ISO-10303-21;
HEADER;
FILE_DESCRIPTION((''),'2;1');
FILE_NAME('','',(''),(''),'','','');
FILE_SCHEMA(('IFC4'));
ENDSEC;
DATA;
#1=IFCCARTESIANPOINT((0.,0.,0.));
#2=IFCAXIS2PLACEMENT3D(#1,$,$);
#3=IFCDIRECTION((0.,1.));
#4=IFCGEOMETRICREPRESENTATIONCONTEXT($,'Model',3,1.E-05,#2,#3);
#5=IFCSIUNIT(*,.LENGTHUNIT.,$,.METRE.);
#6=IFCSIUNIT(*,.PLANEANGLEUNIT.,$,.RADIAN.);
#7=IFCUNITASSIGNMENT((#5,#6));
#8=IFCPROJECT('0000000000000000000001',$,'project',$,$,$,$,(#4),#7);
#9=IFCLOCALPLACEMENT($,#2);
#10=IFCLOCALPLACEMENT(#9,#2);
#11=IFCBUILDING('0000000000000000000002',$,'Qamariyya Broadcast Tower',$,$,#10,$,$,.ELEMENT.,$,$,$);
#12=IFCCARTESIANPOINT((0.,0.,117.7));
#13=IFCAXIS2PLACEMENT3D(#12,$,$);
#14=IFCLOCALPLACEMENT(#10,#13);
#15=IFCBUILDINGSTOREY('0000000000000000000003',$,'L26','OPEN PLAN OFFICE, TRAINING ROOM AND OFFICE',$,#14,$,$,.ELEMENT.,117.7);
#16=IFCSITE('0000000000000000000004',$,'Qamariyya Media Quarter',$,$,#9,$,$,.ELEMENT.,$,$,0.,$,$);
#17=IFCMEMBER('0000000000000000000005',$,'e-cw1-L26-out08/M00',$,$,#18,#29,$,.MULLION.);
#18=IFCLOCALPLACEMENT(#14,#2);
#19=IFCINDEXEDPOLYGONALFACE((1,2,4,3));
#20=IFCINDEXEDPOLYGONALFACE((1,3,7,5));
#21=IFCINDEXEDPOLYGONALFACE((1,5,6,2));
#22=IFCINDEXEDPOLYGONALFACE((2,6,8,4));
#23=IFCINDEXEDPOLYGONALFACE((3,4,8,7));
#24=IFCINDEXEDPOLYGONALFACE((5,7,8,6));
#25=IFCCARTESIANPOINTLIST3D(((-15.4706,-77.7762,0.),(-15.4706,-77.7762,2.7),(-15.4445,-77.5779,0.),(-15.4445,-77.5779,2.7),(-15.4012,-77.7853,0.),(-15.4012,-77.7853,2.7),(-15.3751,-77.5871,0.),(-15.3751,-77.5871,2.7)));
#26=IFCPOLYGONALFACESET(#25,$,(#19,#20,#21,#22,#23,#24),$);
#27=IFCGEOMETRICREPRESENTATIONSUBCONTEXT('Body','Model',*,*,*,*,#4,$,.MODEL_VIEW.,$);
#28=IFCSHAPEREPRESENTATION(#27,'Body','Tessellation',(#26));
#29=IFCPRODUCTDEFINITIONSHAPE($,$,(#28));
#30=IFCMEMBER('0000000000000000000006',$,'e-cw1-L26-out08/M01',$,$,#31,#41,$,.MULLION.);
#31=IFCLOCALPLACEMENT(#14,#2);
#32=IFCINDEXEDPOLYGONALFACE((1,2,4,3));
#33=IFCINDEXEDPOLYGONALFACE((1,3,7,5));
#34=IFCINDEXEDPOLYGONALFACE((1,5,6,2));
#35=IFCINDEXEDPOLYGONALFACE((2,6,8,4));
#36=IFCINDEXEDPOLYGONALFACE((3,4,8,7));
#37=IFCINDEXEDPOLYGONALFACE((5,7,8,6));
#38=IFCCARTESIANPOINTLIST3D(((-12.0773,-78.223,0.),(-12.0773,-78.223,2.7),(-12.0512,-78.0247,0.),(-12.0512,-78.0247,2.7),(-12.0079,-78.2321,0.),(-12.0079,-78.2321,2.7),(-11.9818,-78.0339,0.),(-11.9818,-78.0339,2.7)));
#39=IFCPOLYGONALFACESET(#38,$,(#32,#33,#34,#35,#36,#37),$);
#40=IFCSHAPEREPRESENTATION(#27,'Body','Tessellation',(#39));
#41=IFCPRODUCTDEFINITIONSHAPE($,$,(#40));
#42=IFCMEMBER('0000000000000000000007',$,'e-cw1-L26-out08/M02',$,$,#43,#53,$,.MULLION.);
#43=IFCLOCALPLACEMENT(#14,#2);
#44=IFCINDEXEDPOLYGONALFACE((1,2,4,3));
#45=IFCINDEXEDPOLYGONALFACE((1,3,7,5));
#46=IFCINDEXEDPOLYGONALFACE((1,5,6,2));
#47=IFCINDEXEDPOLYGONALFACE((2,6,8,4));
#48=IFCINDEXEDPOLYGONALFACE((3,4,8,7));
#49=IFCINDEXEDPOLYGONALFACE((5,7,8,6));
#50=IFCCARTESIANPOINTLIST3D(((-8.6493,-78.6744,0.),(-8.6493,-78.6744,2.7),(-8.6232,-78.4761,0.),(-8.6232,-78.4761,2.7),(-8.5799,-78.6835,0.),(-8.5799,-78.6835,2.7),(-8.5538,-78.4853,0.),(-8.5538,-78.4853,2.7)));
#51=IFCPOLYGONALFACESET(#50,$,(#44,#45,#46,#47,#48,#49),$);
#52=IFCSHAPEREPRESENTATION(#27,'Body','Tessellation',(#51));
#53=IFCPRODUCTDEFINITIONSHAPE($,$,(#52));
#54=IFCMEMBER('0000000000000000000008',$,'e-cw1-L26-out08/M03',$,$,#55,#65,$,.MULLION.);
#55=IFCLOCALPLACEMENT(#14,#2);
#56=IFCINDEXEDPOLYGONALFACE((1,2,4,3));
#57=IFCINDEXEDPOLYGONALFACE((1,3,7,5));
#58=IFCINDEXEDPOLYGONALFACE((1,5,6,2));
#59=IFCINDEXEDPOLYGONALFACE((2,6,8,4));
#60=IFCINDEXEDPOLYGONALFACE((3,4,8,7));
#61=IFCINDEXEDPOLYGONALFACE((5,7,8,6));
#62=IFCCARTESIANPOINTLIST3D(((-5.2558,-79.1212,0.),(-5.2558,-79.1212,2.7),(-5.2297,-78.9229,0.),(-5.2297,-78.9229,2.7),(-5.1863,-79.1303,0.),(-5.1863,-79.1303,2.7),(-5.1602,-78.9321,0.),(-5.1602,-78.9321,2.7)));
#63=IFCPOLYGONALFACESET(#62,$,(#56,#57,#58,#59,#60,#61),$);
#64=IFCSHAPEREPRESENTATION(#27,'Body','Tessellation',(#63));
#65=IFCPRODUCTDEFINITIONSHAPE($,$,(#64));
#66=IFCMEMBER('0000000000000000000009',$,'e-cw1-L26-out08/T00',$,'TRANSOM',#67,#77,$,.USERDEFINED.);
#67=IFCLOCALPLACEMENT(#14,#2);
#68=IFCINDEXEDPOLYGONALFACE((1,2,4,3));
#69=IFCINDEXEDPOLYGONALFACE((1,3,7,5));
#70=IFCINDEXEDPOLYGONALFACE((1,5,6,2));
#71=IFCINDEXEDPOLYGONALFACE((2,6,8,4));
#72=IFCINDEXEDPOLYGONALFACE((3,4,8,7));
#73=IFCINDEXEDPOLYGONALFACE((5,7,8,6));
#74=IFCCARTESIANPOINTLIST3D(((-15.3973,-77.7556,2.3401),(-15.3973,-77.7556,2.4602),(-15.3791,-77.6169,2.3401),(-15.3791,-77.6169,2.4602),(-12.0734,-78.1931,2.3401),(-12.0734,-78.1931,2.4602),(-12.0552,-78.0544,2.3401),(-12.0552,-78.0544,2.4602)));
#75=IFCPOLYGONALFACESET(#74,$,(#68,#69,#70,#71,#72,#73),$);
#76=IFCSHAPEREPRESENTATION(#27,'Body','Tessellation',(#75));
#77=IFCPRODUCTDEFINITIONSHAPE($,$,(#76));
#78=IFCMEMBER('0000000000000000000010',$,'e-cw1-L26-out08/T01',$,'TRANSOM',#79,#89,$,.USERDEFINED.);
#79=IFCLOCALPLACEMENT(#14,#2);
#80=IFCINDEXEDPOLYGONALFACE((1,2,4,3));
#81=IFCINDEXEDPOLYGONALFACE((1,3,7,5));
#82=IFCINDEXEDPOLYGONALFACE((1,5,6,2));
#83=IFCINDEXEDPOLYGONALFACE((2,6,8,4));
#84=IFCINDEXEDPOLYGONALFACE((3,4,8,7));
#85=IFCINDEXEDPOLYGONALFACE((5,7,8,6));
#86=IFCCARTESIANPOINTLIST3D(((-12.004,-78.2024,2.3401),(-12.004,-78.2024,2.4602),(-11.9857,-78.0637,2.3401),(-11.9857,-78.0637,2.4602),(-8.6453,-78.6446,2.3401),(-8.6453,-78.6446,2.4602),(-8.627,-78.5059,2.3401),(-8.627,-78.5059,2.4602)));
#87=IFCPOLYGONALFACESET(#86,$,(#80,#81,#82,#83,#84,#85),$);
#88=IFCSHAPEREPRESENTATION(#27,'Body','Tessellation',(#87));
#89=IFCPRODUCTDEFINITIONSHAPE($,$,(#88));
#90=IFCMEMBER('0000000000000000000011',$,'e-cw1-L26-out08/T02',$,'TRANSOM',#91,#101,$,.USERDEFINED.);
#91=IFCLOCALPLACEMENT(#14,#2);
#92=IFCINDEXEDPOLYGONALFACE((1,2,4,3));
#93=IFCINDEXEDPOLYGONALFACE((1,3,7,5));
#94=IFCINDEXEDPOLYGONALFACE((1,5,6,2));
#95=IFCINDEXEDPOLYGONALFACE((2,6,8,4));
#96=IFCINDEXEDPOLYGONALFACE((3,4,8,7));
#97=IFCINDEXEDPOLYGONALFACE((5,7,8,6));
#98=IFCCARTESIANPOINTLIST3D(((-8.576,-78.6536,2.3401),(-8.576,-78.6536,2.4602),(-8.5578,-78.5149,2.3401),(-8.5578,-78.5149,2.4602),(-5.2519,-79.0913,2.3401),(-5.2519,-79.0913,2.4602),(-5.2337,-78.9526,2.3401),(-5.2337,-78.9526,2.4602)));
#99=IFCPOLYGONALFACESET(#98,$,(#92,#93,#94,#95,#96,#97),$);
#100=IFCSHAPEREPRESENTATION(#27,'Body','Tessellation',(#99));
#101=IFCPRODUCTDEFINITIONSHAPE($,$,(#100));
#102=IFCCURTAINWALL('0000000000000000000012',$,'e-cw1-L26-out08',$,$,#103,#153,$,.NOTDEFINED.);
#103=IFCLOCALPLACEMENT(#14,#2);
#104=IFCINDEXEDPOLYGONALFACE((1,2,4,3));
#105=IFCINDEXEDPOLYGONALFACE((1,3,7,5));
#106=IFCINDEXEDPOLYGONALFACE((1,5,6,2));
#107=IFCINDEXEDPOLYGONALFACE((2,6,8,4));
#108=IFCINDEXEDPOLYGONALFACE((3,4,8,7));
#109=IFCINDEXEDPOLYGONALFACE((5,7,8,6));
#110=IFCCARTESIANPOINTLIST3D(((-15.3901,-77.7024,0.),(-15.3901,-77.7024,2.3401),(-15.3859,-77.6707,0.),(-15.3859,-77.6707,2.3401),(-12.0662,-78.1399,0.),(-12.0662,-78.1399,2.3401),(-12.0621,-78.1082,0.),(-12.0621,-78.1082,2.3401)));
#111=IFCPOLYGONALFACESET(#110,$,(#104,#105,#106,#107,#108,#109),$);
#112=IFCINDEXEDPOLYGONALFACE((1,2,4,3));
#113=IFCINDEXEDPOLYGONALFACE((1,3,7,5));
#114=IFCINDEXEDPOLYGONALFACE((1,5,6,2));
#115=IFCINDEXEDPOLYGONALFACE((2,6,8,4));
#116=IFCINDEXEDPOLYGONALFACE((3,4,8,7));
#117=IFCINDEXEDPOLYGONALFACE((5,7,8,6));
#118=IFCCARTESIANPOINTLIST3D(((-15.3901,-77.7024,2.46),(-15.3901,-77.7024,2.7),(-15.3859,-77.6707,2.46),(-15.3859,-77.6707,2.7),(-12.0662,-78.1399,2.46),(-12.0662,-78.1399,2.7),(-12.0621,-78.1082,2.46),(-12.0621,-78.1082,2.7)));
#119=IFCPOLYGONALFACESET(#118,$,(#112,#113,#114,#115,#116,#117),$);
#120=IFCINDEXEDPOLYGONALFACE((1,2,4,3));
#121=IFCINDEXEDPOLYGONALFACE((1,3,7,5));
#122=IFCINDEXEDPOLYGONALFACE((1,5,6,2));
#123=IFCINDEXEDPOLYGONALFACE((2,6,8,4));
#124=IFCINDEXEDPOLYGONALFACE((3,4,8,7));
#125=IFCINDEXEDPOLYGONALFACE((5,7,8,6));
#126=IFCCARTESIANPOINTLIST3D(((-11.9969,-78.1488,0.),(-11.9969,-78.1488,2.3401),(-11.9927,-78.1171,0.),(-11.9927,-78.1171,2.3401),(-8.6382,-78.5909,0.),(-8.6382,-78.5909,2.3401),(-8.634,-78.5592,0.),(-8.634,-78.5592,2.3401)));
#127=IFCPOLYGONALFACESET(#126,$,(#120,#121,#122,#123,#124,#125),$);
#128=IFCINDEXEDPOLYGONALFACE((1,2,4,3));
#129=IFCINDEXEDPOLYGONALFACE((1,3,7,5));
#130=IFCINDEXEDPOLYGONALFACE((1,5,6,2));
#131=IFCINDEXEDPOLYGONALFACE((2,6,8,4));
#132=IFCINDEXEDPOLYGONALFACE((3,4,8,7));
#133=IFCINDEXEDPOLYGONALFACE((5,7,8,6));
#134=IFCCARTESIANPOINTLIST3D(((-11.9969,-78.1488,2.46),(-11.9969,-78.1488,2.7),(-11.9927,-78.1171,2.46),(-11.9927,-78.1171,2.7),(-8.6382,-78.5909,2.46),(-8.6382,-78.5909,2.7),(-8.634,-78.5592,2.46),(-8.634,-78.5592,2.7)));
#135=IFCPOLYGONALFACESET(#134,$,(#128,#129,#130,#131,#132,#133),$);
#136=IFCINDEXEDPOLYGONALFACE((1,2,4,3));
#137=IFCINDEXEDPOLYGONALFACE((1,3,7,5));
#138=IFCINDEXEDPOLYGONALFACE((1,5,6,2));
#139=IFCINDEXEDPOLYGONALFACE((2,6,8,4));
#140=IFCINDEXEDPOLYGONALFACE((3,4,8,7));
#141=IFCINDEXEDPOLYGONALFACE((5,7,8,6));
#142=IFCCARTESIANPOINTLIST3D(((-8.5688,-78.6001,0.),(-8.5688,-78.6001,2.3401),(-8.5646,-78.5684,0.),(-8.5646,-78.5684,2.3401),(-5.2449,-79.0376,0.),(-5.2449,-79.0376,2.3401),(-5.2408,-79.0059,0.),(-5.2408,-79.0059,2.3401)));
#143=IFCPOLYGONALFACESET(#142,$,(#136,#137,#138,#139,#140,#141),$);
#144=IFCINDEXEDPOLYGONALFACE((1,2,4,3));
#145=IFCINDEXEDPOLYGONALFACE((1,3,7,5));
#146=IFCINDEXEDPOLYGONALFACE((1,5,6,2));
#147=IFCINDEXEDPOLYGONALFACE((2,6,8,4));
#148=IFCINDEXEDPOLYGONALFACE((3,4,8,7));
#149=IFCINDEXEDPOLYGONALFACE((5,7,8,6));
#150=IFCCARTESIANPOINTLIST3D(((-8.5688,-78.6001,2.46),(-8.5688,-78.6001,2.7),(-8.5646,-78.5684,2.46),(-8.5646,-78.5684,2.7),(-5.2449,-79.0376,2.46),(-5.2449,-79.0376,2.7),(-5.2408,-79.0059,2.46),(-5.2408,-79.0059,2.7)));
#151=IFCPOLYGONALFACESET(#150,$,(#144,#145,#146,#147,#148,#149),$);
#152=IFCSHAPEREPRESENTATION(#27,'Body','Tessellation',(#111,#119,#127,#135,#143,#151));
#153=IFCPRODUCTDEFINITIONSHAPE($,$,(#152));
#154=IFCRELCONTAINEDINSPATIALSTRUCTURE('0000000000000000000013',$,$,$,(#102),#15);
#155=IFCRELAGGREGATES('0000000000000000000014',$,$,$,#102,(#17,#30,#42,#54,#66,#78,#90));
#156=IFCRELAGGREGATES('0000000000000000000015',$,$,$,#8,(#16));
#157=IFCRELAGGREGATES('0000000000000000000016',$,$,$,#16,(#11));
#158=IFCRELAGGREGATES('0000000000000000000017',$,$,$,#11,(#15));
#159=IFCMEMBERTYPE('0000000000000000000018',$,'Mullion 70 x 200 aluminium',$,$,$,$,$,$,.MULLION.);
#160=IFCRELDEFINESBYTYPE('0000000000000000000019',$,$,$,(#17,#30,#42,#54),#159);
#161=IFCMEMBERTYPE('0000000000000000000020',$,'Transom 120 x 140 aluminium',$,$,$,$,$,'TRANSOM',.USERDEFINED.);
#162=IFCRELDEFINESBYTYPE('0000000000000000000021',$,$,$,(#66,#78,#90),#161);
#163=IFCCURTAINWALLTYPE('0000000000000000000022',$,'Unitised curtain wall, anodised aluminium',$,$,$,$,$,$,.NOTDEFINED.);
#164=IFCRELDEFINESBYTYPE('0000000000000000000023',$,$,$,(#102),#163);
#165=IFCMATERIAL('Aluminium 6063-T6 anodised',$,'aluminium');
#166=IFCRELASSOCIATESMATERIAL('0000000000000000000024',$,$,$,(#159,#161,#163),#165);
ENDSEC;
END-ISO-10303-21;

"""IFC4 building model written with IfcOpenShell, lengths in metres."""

from ifc_helpers import new_model, si_unit, direction, frame, origin, origin_2d, place, context, subcontext, project, spatial, rectangle, extrude, material, material_profile, profile_set, type_object, element, aggregate, save


model = new_model("IFC4")

# Units and contexts
model_context = context("Model", 3, precision=1e-05, world=origin(), true_north=direction((0.0, 1.0)))
body_context = subcontext(model_context, "Body", "Model", "MODEL_VIEW")
ifc_project = project(units=[si_unit("LENGTHUNIT", "METRE"), si_unit("PLANEANGLEUNIT", "RADIAN")], contexts=[model_context])

# Members
ifc_material = material(Name="Aluminium 6063-T6 anodised", Category="aluminium")
ifc_material_profile_1 = material_profile(ifc_material, rectangle(XDim=0.2, YDim=0.0701, at=origin_2d()))
ifc_profile_set_1 = profile_set([ifc_material_profile_1], Name="Aluminium 6063-T6 anodised")
member_type_1 = type_object("IfcMemberType", Name="Mullion 70 x 200 aluminium", PredefinedType="MULLION", material=ifc_profile_set_1)
site_placement = place(None, origin())
building_placement = place(site_placement, origin())
storey_placement = place(building_placement, frame((0.0, 0.0, 117.7)))
member_1_placement = place(storey_placement, frame((-15.4229, -77.6816, 0.0), z_axis=(0.0, 0.0, 1.0), x_axis=(0.130526, 0.991445, 0.0)))
member_1 = element("IfcMember", 1, at=member_1_placement, type_object=member_type_1, Name="e-cw1-L26-out08/M00", PredefinedType="MULLION", context=body_context, shape_type="SweptSolid", body=[
    extrude(rectangle(XDim=0.2, YDim=0.0701, at=origin_2d()), origin(), (0.0, 0.0, 1.0), 2.7),
])
member_2_placement = place(storey_placement, frame((-12.0295, -78.1284, 0.0), z_axis=(0.0, 0.0, 1.0), x_axis=(0.130526, 0.991445, 0.0)))
member_2 = element("IfcMember", 2, at=member_2_placement, type_object=member_type_1, Name="e-cw1-L26-out08/M01", PredefinedType="MULLION", context=body_context, shape_type="SweptSolid", body=[
    extrude(rectangle(XDim=0.2, YDim=0.0701, at=origin_2d()), origin(), (0.0, 0.0, 1.0), 2.7),
])
member_3_placement = place(storey_placement, frame((-8.6016, -78.5798, 0.0), z_axis=(0.0, 0.0, 1.0), x_axis=(0.130526, 0.991445, 0.0)))
member_3 = element("IfcMember", 3, at=member_3_placement, type_object=member_type_1, Name="e-cw1-L26-out08/M02", PredefinedType="MULLION", context=body_context, shape_type="SweptSolid", body=[
    extrude(rectangle(XDim=0.2, YDim=0.0701, at=origin_2d()), origin(), (0.0, 0.0, 1.0), 2.7),
])
member_4_placement = place(storey_placement, frame((-5.208, -79.0266, 0.0), z_axis=(0.0, 0.0, 1.0), x_axis=(0.130526, 0.991445, 0.0)))
member_4 = element("IfcMember", 4, at=member_4_placement, type_object=member_type_1, Name="e-cw1-L26-out08/M03", PredefinedType="MULLION", context=body_context, shape_type="SweptSolid", body=[
    extrude(rectangle(XDim=0.2, YDim=0.0701, at=origin_2d()), origin(), (0.0, 0.0, 1.0), 2.7),
])
ifc_material_profile_2 = material_profile(ifc_material, rectangle(XDim=0.1399, YDim=0.1201, at=origin_2d()))
ifc_profile_set_2 = profile_set([ifc_material_profile_2], Name="Aluminium 6063-T6 anodised")
member_type_2 = type_object("IfcMemberType", Name="Transom 120 x 140 aluminium", ElementType="TRANSOM", PredefinedType="USERDEFINED", material=ifc_profile_set_2)
member_5_placement = place(storey_placement, frame((-15.3882, -77.6863, 2.4001), z_axis=(0.991449, -0.130494, 0.0), x_axis=(0.130494, 0.991449, 0.0)))
member_5 = element("IfcMember", 5, at=member_5_placement, type_object=member_type_2, Name="e-cw1-L26-out08/T00", ObjectType="TRANSOM", PredefinedType="USERDEFINED", context=body_context, shape_type="SweptSolid", body=[
    extrude(rectangle(XDim=0.1399, YDim=0.1201, at=origin_2d()), origin(), (0.0, 0.0, 1.0), 3.3525),
])
member_6_placement = place(storey_placement, frame((-11.9949, -78.1331, 2.4001), z_axis=(0.991446, -0.130516, 0.0), x_axis=(0.130516, 0.991446, 0.0)))
member_6 = element("IfcMember", 6, at=member_6_placement, type_object=member_type_2, Name="e-cw1-L26-out08/T01", ObjectType="TRANSOM", PredefinedType="USERDEFINED", context=body_context, shape_type="SweptSolid", body=[
    extrude(rectangle(XDim=0.1399, YDim=0.1201, at=origin_2d()), origin(), (0.0, 0.0, 1.0), 3.3877),
])
member_7_placement = place(storey_placement, frame((-8.5669, -78.5842, 2.4001), z_axis=(0.99144, -0.130566, 0.0), x_axis=(0.130566, 0.99144, 0.0)))
member_7 = element("IfcMember", 7, at=member_7_placement, type_object=member_type_2, Name="e-cw1-L26-out08/T02", ObjectType="TRANSOM", PredefinedType="USERDEFINED", context=body_context, shape_type="SweptSolid", body=[
    extrude(rectangle(XDim=0.1399, YDim=0.1201, at=origin_2d()), origin(), (0.0, 0.0, 1.0), 3.3528),
])

# Site, building, storey
site = spatial("IfcSite", under=ifc_project, at=site_placement, Name="Qamariyya Media Quarter", CompositionType="ELEMENT", RefElevation=0.0)
building = spatial("IfcBuilding", under=site, at=building_placement, Name="Qamariyya Broadcast Tower", CompositionType="ELEMENT")
storey = spatial("IfcBuildingStorey", under=building, at=storey_placement, Name="L26", Description="OPEN PLAN OFFICE, TRAINING ROOM AND OFFICE", CompositionType="ELEMENT", Elevation=117.7)

# Curtain wall
curtain_wall_type = type_object("IfcCurtainWallType", Name="Unitised curtain wall, anodised aluminium", PredefinedType="NOTDEFINED", material=ifc_material)
curtain_wall_1_placement = place(storey_placement, origin())
curtain_wall_1 = element("IfcCurtainWall", 8, at=curtain_wall_1_placement, inside=storey, type_object=curtain_wall_type, Name="e-cw1-L26-out08", PredefinedType="NOTDEFINED", context=body_context, shape_type="SweptSolid", body=[
    extrude(rectangle(XDim=3.3525, YDim=0.032, at=origin_2d()), frame((-13.7261, -77.9053, 0.0), x_axis=(0.991447, -0.130509, 0.0)), (0.0, 0.0, 1.0), 2.3401),
    extrude(rectangle(XDim=3.3525, YDim=0.032, at=origin_2d()), frame((-13.7261, -77.9053, 2.46), x_axis=(0.991447, -0.130509, 0.0)), (0.0, 0.0, 1.0), 0.24),
    extrude(rectangle(XDim=3.3877, YDim=0.032, at=origin_2d()), frame((-10.3154, -78.354, 0.0), x_axis=(0.991447, -0.130509, 0.0)), (0.0, 0.0, 1.0), 2.3401),
    extrude(rectangle(XDim=3.3877, YDim=0.032, at=origin_2d()), frame((-10.3154, -78.354, 2.46), x_axis=(0.991447, -0.130509, 0.0)), (0.0, 0.0, 1.0), 0.24),
    extrude(rectangle(XDim=3.3525, YDim=0.032, at=origin_2d()), frame((-6.9048, -78.803, 0.0), x_axis=(0.991447, -0.130509, 0.0)), (0.0, 0.0, 1.0), 2.3401),
    extrude(rectangle(XDim=3.3525, YDim=0.032, at=origin_2d()), frame((-6.9048, -78.803, 2.46), x_axis=(0.991447, -0.130509, 0.0)), (0.0, 0.0, 1.0), 0.24),
])
aggregate(curtain_wall_1, [member_1, member_2, member_3, member_4, member_5, member_6, member_7])

save(model, "model.ifc")
